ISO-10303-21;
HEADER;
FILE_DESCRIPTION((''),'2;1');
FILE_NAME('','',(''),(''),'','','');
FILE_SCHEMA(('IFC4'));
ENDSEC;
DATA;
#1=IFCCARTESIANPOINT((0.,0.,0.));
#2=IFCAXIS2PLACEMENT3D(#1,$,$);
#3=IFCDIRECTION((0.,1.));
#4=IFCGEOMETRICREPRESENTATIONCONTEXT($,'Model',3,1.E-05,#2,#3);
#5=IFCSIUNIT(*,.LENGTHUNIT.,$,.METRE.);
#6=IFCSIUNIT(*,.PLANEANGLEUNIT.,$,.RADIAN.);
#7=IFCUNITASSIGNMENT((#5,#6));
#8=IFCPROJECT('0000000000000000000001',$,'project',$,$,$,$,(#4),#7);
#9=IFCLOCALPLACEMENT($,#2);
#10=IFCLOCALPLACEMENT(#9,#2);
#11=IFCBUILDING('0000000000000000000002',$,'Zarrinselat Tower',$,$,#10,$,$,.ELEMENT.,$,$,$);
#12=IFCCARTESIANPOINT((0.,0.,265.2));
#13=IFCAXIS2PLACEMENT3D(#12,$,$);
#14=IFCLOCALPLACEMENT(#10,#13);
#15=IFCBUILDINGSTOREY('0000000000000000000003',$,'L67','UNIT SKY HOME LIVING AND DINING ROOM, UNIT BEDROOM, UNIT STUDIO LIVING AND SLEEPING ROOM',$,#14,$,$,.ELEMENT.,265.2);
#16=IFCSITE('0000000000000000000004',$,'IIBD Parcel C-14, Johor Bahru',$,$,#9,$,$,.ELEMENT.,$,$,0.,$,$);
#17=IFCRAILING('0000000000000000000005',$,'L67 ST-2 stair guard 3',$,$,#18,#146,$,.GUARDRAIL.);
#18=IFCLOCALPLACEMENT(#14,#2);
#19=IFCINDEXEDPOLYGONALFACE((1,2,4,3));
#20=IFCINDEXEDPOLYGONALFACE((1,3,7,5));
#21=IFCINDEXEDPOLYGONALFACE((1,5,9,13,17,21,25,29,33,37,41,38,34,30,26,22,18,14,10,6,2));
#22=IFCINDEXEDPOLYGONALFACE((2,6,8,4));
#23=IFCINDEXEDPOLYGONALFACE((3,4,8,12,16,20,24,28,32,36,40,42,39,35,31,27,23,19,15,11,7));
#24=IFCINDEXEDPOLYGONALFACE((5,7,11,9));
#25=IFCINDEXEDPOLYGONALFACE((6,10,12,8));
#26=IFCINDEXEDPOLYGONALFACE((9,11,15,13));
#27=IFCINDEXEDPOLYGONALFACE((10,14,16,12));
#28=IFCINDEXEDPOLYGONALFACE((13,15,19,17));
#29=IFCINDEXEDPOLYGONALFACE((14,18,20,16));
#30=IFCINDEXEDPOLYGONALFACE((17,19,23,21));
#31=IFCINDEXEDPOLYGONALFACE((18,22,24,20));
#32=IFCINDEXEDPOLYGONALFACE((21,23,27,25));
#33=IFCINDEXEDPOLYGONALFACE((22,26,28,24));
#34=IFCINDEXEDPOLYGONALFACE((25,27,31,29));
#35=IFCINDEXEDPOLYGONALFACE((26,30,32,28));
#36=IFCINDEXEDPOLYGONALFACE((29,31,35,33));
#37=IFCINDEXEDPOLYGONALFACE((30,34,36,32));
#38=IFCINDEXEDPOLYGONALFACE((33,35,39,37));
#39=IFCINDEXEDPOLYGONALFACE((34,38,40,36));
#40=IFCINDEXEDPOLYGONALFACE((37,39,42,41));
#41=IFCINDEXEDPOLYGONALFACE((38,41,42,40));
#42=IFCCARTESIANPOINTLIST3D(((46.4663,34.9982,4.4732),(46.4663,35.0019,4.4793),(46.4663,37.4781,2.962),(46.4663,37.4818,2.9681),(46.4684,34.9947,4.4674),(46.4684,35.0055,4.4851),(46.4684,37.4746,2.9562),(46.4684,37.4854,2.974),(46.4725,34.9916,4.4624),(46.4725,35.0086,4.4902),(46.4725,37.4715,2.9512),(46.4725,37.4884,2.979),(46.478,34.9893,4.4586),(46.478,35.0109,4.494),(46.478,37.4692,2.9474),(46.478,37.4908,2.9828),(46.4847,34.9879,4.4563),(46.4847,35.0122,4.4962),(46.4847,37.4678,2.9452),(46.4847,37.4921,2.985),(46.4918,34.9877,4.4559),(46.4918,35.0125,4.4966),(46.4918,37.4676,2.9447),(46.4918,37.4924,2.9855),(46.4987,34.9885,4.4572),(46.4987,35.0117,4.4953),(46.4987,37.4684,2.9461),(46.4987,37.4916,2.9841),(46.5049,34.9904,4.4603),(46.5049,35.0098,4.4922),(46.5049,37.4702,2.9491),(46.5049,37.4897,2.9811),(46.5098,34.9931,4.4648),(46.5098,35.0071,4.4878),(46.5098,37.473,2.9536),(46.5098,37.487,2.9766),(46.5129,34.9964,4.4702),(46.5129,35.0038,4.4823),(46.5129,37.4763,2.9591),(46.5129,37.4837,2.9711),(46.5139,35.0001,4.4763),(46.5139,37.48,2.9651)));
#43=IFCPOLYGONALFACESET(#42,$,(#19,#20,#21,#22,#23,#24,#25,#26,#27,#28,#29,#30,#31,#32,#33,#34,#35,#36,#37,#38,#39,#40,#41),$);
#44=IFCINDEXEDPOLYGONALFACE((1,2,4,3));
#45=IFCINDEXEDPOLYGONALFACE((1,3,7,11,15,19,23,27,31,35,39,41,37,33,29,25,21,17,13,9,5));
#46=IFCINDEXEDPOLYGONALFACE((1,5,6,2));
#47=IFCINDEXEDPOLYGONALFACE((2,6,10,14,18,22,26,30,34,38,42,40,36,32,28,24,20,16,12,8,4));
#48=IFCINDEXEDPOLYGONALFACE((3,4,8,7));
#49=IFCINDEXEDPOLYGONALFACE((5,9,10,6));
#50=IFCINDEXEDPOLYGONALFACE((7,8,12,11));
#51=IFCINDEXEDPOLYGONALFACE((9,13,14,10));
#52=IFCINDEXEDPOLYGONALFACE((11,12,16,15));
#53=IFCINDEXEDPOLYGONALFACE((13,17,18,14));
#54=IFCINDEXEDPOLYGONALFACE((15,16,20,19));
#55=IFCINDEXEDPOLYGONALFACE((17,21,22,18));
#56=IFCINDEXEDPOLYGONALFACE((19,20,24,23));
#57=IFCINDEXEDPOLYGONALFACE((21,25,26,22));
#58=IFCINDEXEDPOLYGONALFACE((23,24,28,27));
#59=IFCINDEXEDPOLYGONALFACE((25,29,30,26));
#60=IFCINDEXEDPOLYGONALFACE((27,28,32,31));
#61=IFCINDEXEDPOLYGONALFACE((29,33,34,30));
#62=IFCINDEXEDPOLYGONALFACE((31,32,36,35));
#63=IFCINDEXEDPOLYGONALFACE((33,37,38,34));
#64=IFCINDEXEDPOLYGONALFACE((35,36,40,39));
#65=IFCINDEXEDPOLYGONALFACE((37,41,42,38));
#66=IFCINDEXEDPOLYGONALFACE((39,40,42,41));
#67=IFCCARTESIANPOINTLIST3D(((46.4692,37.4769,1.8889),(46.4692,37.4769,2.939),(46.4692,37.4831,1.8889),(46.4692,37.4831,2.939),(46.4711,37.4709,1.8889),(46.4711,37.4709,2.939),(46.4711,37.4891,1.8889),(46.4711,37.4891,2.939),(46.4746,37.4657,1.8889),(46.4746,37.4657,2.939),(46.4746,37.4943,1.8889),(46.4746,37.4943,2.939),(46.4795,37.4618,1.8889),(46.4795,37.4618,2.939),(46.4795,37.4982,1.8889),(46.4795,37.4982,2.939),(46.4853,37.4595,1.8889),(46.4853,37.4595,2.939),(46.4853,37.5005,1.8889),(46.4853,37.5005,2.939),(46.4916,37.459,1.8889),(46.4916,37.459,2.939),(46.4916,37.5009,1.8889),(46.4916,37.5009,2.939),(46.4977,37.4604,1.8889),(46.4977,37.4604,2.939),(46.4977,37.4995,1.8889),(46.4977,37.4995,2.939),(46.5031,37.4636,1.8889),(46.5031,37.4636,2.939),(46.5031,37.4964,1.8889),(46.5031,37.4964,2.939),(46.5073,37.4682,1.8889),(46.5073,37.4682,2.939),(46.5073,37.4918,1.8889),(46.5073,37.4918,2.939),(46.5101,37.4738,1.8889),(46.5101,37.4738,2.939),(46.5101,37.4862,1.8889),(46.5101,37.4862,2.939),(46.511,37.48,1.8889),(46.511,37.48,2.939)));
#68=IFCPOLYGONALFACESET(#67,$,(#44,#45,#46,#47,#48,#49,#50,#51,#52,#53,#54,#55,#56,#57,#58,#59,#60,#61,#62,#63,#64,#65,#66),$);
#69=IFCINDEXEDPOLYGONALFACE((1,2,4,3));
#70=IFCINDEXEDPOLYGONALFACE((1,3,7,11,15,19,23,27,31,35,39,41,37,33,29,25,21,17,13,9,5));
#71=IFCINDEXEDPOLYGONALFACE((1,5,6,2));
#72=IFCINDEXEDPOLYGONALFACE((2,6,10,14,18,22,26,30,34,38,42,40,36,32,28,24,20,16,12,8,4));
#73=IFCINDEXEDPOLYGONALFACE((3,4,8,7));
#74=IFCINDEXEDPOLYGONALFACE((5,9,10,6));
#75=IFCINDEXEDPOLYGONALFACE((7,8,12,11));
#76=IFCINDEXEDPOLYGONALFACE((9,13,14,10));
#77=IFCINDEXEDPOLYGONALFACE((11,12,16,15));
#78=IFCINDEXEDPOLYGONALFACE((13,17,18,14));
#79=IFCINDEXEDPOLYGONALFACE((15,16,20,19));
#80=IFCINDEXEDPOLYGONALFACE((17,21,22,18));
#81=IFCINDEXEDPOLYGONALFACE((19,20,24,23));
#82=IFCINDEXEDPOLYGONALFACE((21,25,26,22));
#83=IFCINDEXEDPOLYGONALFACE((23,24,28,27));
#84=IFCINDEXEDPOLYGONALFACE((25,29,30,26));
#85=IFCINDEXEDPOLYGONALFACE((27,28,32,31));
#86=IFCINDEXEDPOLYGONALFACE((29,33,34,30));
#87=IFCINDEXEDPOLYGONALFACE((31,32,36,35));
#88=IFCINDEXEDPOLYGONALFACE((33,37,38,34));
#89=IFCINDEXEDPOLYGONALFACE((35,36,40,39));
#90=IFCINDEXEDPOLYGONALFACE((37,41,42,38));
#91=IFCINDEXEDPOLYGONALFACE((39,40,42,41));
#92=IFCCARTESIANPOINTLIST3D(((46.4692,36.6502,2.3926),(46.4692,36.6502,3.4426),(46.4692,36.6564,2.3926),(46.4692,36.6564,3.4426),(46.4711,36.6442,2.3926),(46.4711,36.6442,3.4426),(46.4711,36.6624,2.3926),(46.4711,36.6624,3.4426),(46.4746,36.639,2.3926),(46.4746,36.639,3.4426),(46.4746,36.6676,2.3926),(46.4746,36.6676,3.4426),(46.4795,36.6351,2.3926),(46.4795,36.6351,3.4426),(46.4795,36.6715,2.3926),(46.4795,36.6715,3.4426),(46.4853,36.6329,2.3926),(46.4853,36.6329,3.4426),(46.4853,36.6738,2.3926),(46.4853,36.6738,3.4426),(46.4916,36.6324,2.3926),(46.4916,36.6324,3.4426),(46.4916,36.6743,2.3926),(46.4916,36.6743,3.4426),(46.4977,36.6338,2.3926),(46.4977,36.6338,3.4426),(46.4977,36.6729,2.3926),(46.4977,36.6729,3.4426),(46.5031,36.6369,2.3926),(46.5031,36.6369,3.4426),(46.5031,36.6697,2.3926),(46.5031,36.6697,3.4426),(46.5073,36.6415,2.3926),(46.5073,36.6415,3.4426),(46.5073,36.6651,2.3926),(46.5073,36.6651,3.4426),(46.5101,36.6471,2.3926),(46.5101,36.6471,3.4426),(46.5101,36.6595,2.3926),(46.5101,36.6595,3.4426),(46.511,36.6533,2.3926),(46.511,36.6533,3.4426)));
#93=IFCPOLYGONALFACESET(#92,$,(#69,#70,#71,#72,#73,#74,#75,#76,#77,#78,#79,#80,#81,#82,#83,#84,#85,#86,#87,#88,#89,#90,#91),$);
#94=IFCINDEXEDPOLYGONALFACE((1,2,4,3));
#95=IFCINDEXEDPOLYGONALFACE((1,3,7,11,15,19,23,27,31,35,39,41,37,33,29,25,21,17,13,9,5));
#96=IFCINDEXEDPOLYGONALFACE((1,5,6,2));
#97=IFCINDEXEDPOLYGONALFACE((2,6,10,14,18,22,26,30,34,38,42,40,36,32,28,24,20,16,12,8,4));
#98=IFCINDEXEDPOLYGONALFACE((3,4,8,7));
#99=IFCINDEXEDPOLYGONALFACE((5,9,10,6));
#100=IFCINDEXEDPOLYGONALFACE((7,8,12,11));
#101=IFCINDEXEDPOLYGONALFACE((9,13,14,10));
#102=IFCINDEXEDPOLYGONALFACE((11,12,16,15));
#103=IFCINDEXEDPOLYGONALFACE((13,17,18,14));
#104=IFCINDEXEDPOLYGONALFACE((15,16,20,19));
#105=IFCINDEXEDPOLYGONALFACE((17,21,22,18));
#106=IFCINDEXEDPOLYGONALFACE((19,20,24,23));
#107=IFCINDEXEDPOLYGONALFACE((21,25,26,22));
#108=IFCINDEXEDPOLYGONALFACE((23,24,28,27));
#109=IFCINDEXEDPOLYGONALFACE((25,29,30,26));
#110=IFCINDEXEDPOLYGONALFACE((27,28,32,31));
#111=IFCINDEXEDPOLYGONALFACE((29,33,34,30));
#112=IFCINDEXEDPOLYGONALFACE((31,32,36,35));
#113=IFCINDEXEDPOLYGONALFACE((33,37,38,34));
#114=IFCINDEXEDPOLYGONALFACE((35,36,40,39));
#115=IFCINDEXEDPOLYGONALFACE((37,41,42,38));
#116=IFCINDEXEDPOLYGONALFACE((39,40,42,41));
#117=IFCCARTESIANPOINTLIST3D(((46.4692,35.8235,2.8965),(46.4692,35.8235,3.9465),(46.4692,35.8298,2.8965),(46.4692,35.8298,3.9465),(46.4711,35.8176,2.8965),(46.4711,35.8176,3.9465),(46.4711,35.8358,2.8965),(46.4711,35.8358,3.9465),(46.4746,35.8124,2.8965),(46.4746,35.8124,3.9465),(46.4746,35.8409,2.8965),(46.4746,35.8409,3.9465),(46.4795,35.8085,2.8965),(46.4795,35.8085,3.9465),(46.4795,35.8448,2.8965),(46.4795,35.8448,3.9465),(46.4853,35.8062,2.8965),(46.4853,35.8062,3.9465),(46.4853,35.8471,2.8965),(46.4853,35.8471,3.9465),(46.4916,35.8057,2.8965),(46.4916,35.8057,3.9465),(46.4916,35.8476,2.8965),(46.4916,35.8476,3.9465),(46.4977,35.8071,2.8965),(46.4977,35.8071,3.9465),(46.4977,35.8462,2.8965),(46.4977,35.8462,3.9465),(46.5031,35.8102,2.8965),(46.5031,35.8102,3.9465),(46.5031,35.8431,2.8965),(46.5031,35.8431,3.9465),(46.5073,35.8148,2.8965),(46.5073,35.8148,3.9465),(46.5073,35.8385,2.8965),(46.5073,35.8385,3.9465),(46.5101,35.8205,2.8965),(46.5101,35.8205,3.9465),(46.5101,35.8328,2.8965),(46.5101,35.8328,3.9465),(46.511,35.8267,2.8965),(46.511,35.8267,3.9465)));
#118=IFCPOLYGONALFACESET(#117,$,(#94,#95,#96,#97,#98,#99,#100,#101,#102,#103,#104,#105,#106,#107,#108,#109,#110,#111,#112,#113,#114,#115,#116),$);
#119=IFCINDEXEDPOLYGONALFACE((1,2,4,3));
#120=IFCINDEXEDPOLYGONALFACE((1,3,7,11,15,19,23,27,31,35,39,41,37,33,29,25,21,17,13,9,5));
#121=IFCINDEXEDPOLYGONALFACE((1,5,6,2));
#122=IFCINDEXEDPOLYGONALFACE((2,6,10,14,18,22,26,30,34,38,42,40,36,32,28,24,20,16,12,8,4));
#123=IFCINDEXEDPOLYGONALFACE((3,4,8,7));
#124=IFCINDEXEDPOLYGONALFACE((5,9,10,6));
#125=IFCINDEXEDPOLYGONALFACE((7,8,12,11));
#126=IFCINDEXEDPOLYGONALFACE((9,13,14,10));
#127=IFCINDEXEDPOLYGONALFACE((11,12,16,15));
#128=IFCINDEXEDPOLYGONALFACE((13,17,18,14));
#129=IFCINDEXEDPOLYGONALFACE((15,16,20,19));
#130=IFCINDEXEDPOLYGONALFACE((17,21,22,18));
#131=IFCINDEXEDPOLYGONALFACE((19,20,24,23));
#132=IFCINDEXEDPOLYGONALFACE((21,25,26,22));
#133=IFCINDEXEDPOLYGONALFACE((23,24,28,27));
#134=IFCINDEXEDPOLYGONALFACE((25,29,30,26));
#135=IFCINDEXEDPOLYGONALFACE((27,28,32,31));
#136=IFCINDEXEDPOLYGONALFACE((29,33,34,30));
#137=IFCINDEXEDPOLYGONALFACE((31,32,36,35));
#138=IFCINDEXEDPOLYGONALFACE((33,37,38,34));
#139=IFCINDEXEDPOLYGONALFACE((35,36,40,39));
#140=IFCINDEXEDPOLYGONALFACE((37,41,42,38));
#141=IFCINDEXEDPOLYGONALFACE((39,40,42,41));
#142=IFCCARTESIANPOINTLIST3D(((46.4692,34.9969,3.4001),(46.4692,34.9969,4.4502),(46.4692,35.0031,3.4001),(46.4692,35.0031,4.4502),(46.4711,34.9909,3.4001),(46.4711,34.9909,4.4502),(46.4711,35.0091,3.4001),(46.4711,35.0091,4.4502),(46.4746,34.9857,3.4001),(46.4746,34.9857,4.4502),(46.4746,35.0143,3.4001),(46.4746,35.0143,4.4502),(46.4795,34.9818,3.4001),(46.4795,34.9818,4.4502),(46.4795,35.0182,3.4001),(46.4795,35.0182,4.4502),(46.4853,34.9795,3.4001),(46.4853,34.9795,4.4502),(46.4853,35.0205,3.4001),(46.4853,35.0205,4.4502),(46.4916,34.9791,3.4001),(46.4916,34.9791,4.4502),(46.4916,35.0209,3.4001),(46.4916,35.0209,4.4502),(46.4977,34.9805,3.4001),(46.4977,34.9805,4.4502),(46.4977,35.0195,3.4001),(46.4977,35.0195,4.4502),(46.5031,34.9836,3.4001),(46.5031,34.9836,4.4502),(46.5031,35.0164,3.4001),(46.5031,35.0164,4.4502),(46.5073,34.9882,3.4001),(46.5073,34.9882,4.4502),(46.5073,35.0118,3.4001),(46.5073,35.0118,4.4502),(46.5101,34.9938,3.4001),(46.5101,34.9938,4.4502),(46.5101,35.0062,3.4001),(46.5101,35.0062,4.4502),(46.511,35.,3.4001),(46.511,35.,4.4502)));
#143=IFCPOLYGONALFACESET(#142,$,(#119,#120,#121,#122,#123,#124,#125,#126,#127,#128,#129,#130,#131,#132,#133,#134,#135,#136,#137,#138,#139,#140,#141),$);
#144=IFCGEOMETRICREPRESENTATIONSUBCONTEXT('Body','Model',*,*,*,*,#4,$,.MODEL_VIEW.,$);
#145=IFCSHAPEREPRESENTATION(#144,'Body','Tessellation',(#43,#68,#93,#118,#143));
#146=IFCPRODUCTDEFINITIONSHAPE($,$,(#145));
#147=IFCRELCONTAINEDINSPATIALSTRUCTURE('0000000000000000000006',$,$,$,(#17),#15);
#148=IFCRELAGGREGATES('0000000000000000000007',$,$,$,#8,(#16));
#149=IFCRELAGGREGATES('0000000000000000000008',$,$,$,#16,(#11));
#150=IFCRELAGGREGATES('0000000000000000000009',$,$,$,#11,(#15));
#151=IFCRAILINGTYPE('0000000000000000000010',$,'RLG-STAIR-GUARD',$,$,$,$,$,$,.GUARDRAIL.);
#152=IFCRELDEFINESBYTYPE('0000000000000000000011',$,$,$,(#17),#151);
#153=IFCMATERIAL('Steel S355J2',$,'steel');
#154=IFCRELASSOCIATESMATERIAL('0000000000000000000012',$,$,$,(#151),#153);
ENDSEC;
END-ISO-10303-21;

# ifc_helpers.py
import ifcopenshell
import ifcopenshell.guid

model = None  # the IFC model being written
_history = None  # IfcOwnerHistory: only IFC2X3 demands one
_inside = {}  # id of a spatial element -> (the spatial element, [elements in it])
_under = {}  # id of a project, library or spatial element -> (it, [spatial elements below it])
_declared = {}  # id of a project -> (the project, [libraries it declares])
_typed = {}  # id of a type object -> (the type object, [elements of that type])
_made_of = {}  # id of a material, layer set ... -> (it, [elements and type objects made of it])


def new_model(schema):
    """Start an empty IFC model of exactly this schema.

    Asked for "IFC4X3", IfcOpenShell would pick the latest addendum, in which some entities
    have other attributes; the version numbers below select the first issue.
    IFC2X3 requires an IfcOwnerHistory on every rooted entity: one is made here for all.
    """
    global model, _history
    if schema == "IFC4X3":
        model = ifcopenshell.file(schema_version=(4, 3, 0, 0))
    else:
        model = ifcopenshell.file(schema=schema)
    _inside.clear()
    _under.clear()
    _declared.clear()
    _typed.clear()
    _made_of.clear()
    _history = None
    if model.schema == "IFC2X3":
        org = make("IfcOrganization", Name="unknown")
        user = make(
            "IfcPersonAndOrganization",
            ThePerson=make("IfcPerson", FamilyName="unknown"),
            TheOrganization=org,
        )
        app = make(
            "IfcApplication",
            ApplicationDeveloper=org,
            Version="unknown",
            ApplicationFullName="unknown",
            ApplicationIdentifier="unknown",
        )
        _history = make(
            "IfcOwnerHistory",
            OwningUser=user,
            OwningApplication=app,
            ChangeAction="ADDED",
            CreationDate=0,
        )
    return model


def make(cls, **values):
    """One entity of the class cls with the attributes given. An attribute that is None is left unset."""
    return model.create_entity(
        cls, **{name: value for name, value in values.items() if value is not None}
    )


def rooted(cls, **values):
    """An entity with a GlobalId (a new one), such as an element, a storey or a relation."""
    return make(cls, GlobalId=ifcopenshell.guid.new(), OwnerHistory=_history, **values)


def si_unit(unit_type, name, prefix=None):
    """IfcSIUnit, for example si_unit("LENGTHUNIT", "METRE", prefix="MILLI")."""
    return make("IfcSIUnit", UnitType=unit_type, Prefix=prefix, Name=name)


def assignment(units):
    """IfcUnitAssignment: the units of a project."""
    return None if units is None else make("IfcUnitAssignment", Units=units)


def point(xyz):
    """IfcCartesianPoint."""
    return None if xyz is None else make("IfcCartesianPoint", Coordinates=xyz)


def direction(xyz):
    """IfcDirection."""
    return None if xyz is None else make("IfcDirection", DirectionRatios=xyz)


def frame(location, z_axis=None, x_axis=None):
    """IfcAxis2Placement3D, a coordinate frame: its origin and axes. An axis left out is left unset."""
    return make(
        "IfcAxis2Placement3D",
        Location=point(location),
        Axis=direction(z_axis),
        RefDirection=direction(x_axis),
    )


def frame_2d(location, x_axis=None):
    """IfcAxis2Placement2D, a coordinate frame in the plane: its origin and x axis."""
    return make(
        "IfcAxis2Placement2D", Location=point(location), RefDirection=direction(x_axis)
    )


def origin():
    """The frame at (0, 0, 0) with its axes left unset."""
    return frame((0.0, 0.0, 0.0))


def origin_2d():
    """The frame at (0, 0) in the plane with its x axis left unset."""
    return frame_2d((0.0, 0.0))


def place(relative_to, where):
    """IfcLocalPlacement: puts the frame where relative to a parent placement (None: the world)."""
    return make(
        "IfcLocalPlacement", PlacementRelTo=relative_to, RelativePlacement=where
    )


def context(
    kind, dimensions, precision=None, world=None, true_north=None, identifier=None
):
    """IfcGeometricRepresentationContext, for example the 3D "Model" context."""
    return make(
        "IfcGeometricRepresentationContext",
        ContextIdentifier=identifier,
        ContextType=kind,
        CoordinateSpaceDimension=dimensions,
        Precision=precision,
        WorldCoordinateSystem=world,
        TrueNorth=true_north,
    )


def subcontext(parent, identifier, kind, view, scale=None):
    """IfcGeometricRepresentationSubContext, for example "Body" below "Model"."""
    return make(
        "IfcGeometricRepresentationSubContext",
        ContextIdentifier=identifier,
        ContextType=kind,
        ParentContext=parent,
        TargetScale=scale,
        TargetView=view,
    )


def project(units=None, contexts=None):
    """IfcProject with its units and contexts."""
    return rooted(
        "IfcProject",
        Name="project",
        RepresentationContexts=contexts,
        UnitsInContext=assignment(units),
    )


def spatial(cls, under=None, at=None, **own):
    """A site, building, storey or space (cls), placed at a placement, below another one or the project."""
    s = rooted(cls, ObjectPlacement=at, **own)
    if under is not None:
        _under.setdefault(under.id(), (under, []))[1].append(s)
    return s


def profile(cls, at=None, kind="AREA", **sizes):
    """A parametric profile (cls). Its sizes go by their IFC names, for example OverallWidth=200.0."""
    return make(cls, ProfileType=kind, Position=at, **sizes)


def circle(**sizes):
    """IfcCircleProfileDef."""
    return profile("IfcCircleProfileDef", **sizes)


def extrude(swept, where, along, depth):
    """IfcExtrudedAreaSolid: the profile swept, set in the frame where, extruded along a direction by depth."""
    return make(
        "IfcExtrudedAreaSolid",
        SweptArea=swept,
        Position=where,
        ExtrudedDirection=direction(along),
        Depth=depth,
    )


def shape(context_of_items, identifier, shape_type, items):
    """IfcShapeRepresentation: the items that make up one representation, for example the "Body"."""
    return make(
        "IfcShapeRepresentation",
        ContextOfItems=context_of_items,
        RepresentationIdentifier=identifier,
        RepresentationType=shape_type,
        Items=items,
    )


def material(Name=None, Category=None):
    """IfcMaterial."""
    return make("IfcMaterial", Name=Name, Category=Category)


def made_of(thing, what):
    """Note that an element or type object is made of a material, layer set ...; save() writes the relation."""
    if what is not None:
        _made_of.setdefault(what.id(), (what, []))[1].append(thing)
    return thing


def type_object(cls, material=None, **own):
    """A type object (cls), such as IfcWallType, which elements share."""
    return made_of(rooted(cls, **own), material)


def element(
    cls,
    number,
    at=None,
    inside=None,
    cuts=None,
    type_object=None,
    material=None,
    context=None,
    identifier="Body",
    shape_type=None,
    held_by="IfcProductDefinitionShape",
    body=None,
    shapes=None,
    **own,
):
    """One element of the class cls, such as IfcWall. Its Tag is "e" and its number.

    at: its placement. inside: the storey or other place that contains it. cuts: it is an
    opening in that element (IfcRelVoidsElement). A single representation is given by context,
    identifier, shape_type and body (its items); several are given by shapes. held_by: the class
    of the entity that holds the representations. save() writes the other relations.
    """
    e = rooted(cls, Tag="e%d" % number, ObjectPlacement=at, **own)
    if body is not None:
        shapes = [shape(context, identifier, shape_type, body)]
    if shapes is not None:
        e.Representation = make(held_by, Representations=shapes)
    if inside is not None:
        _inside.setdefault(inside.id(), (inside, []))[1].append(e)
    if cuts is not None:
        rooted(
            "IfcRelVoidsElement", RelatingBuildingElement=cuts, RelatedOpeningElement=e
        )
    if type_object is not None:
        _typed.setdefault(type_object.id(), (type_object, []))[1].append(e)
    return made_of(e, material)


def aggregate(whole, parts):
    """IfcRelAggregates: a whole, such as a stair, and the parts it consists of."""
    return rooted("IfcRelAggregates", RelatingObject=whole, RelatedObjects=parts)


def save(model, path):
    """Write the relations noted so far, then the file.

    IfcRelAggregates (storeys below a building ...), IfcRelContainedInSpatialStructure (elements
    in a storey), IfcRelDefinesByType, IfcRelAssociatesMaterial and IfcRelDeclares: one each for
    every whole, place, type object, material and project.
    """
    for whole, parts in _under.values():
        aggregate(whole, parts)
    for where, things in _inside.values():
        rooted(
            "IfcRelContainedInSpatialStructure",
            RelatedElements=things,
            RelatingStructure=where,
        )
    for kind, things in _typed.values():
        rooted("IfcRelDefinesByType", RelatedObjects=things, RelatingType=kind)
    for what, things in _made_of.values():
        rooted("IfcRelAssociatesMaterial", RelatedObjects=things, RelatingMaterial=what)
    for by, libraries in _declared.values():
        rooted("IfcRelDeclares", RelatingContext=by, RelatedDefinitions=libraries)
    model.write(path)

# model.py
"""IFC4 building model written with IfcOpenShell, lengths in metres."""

from ifc_helpers import new_model, si_unit, direction, frame, origin, origin_2d, place, context, subcontext, project, spatial, circle, extrude, material, type_object, element, save


model = new_model("IFC4")

# Units and contexts
model_context = context("Model", 3, precision=1e-05, world=origin(), true_north=direction((0.0, 1.0)))
body_context = subcontext(model_context, "Body", "Model", "MODEL_VIEW")
ifc_project = project(units=[si_unit("LENGTHUNIT", "METRE"), si_unit("PLANEANGLEUNIT", "RADIAN")], contexts=[model_context])

# Site, building, storey
site_placement = place(None, origin())
site = spatial("IfcSite", under=ifc_project, at=site_placement, Name="IIBD Parcel C-14, Johor Bahru", CompositionType="ELEMENT", RefElevation=0.0)
building_placement = place(site_placement, origin())
building = spatial("IfcBuilding", under=site, at=building_placement, Name="Zarrinselat Tower", CompositionType="ELEMENT")
storey_placement = place(building_placement, frame((0.0, 0.0, 265.2)))
storey = spatial("IfcBuildingStorey", under=building, at=storey_placement, Name="L67", Description="UNIT SKY HOME LIVING AND DINING ROOM, UNIT BEDROOM, UNIT STUDIO LIVING AND SLEEPING ROOM", CompositionType="ELEMENT", Elevation=265.2)

# Railing
ifc_material_1 = material(Name="Steel S355J2", Category="steel")
railing_type_1 = type_object("IfcRailingType", Name="RLG-STAIR-GUARD", PredefinedType="GUARDRAIL", material=ifc_material_1)
railing_1_placement = place(storey_placement, frame((46.49, 37.48, 1.8889)))
element("IfcRailing", 1, at=railing_1_placement, inside=storey, type_object=railing_type_1, Name="L67 ST-2 stair guard 3", PredefinedType="GUARDRAIL", context=body_context, shape_type="SweptSolid", body=[
    extrude(circle(Radius=0.0239, at=origin_2d()), frame((0.0, 0.0, 1.0762), z_axis=(0.0, -0.853942, 0.520368), x_axis=(1.0, 0.0, 0.0)), (0.0, 0.0, 1.0), 2.9041),
    extrude(circle(Radius=0.021, at=origin_2d()), origin(), (0.0, 0.0, 1.0), 1.05),
    extrude(circle(Radius=0.021, at=origin_2d()), frame((0.0, -0.8267, 0.5037)), (0.0, 0.0, 1.0), 1.05),
    extrude(circle(Radius=0.021, at=origin_2d()), frame((0.0, -1.6533, 1.0076)), (0.0, 0.0, 1.0), 1.05),
    extrude(circle(Radius=0.021, at=origin_2d()), frame((0.0, -2.48, 1.5112)), (0.0, 0.0, 1.0), 1.05),
])

save(model, "model.ifc")
